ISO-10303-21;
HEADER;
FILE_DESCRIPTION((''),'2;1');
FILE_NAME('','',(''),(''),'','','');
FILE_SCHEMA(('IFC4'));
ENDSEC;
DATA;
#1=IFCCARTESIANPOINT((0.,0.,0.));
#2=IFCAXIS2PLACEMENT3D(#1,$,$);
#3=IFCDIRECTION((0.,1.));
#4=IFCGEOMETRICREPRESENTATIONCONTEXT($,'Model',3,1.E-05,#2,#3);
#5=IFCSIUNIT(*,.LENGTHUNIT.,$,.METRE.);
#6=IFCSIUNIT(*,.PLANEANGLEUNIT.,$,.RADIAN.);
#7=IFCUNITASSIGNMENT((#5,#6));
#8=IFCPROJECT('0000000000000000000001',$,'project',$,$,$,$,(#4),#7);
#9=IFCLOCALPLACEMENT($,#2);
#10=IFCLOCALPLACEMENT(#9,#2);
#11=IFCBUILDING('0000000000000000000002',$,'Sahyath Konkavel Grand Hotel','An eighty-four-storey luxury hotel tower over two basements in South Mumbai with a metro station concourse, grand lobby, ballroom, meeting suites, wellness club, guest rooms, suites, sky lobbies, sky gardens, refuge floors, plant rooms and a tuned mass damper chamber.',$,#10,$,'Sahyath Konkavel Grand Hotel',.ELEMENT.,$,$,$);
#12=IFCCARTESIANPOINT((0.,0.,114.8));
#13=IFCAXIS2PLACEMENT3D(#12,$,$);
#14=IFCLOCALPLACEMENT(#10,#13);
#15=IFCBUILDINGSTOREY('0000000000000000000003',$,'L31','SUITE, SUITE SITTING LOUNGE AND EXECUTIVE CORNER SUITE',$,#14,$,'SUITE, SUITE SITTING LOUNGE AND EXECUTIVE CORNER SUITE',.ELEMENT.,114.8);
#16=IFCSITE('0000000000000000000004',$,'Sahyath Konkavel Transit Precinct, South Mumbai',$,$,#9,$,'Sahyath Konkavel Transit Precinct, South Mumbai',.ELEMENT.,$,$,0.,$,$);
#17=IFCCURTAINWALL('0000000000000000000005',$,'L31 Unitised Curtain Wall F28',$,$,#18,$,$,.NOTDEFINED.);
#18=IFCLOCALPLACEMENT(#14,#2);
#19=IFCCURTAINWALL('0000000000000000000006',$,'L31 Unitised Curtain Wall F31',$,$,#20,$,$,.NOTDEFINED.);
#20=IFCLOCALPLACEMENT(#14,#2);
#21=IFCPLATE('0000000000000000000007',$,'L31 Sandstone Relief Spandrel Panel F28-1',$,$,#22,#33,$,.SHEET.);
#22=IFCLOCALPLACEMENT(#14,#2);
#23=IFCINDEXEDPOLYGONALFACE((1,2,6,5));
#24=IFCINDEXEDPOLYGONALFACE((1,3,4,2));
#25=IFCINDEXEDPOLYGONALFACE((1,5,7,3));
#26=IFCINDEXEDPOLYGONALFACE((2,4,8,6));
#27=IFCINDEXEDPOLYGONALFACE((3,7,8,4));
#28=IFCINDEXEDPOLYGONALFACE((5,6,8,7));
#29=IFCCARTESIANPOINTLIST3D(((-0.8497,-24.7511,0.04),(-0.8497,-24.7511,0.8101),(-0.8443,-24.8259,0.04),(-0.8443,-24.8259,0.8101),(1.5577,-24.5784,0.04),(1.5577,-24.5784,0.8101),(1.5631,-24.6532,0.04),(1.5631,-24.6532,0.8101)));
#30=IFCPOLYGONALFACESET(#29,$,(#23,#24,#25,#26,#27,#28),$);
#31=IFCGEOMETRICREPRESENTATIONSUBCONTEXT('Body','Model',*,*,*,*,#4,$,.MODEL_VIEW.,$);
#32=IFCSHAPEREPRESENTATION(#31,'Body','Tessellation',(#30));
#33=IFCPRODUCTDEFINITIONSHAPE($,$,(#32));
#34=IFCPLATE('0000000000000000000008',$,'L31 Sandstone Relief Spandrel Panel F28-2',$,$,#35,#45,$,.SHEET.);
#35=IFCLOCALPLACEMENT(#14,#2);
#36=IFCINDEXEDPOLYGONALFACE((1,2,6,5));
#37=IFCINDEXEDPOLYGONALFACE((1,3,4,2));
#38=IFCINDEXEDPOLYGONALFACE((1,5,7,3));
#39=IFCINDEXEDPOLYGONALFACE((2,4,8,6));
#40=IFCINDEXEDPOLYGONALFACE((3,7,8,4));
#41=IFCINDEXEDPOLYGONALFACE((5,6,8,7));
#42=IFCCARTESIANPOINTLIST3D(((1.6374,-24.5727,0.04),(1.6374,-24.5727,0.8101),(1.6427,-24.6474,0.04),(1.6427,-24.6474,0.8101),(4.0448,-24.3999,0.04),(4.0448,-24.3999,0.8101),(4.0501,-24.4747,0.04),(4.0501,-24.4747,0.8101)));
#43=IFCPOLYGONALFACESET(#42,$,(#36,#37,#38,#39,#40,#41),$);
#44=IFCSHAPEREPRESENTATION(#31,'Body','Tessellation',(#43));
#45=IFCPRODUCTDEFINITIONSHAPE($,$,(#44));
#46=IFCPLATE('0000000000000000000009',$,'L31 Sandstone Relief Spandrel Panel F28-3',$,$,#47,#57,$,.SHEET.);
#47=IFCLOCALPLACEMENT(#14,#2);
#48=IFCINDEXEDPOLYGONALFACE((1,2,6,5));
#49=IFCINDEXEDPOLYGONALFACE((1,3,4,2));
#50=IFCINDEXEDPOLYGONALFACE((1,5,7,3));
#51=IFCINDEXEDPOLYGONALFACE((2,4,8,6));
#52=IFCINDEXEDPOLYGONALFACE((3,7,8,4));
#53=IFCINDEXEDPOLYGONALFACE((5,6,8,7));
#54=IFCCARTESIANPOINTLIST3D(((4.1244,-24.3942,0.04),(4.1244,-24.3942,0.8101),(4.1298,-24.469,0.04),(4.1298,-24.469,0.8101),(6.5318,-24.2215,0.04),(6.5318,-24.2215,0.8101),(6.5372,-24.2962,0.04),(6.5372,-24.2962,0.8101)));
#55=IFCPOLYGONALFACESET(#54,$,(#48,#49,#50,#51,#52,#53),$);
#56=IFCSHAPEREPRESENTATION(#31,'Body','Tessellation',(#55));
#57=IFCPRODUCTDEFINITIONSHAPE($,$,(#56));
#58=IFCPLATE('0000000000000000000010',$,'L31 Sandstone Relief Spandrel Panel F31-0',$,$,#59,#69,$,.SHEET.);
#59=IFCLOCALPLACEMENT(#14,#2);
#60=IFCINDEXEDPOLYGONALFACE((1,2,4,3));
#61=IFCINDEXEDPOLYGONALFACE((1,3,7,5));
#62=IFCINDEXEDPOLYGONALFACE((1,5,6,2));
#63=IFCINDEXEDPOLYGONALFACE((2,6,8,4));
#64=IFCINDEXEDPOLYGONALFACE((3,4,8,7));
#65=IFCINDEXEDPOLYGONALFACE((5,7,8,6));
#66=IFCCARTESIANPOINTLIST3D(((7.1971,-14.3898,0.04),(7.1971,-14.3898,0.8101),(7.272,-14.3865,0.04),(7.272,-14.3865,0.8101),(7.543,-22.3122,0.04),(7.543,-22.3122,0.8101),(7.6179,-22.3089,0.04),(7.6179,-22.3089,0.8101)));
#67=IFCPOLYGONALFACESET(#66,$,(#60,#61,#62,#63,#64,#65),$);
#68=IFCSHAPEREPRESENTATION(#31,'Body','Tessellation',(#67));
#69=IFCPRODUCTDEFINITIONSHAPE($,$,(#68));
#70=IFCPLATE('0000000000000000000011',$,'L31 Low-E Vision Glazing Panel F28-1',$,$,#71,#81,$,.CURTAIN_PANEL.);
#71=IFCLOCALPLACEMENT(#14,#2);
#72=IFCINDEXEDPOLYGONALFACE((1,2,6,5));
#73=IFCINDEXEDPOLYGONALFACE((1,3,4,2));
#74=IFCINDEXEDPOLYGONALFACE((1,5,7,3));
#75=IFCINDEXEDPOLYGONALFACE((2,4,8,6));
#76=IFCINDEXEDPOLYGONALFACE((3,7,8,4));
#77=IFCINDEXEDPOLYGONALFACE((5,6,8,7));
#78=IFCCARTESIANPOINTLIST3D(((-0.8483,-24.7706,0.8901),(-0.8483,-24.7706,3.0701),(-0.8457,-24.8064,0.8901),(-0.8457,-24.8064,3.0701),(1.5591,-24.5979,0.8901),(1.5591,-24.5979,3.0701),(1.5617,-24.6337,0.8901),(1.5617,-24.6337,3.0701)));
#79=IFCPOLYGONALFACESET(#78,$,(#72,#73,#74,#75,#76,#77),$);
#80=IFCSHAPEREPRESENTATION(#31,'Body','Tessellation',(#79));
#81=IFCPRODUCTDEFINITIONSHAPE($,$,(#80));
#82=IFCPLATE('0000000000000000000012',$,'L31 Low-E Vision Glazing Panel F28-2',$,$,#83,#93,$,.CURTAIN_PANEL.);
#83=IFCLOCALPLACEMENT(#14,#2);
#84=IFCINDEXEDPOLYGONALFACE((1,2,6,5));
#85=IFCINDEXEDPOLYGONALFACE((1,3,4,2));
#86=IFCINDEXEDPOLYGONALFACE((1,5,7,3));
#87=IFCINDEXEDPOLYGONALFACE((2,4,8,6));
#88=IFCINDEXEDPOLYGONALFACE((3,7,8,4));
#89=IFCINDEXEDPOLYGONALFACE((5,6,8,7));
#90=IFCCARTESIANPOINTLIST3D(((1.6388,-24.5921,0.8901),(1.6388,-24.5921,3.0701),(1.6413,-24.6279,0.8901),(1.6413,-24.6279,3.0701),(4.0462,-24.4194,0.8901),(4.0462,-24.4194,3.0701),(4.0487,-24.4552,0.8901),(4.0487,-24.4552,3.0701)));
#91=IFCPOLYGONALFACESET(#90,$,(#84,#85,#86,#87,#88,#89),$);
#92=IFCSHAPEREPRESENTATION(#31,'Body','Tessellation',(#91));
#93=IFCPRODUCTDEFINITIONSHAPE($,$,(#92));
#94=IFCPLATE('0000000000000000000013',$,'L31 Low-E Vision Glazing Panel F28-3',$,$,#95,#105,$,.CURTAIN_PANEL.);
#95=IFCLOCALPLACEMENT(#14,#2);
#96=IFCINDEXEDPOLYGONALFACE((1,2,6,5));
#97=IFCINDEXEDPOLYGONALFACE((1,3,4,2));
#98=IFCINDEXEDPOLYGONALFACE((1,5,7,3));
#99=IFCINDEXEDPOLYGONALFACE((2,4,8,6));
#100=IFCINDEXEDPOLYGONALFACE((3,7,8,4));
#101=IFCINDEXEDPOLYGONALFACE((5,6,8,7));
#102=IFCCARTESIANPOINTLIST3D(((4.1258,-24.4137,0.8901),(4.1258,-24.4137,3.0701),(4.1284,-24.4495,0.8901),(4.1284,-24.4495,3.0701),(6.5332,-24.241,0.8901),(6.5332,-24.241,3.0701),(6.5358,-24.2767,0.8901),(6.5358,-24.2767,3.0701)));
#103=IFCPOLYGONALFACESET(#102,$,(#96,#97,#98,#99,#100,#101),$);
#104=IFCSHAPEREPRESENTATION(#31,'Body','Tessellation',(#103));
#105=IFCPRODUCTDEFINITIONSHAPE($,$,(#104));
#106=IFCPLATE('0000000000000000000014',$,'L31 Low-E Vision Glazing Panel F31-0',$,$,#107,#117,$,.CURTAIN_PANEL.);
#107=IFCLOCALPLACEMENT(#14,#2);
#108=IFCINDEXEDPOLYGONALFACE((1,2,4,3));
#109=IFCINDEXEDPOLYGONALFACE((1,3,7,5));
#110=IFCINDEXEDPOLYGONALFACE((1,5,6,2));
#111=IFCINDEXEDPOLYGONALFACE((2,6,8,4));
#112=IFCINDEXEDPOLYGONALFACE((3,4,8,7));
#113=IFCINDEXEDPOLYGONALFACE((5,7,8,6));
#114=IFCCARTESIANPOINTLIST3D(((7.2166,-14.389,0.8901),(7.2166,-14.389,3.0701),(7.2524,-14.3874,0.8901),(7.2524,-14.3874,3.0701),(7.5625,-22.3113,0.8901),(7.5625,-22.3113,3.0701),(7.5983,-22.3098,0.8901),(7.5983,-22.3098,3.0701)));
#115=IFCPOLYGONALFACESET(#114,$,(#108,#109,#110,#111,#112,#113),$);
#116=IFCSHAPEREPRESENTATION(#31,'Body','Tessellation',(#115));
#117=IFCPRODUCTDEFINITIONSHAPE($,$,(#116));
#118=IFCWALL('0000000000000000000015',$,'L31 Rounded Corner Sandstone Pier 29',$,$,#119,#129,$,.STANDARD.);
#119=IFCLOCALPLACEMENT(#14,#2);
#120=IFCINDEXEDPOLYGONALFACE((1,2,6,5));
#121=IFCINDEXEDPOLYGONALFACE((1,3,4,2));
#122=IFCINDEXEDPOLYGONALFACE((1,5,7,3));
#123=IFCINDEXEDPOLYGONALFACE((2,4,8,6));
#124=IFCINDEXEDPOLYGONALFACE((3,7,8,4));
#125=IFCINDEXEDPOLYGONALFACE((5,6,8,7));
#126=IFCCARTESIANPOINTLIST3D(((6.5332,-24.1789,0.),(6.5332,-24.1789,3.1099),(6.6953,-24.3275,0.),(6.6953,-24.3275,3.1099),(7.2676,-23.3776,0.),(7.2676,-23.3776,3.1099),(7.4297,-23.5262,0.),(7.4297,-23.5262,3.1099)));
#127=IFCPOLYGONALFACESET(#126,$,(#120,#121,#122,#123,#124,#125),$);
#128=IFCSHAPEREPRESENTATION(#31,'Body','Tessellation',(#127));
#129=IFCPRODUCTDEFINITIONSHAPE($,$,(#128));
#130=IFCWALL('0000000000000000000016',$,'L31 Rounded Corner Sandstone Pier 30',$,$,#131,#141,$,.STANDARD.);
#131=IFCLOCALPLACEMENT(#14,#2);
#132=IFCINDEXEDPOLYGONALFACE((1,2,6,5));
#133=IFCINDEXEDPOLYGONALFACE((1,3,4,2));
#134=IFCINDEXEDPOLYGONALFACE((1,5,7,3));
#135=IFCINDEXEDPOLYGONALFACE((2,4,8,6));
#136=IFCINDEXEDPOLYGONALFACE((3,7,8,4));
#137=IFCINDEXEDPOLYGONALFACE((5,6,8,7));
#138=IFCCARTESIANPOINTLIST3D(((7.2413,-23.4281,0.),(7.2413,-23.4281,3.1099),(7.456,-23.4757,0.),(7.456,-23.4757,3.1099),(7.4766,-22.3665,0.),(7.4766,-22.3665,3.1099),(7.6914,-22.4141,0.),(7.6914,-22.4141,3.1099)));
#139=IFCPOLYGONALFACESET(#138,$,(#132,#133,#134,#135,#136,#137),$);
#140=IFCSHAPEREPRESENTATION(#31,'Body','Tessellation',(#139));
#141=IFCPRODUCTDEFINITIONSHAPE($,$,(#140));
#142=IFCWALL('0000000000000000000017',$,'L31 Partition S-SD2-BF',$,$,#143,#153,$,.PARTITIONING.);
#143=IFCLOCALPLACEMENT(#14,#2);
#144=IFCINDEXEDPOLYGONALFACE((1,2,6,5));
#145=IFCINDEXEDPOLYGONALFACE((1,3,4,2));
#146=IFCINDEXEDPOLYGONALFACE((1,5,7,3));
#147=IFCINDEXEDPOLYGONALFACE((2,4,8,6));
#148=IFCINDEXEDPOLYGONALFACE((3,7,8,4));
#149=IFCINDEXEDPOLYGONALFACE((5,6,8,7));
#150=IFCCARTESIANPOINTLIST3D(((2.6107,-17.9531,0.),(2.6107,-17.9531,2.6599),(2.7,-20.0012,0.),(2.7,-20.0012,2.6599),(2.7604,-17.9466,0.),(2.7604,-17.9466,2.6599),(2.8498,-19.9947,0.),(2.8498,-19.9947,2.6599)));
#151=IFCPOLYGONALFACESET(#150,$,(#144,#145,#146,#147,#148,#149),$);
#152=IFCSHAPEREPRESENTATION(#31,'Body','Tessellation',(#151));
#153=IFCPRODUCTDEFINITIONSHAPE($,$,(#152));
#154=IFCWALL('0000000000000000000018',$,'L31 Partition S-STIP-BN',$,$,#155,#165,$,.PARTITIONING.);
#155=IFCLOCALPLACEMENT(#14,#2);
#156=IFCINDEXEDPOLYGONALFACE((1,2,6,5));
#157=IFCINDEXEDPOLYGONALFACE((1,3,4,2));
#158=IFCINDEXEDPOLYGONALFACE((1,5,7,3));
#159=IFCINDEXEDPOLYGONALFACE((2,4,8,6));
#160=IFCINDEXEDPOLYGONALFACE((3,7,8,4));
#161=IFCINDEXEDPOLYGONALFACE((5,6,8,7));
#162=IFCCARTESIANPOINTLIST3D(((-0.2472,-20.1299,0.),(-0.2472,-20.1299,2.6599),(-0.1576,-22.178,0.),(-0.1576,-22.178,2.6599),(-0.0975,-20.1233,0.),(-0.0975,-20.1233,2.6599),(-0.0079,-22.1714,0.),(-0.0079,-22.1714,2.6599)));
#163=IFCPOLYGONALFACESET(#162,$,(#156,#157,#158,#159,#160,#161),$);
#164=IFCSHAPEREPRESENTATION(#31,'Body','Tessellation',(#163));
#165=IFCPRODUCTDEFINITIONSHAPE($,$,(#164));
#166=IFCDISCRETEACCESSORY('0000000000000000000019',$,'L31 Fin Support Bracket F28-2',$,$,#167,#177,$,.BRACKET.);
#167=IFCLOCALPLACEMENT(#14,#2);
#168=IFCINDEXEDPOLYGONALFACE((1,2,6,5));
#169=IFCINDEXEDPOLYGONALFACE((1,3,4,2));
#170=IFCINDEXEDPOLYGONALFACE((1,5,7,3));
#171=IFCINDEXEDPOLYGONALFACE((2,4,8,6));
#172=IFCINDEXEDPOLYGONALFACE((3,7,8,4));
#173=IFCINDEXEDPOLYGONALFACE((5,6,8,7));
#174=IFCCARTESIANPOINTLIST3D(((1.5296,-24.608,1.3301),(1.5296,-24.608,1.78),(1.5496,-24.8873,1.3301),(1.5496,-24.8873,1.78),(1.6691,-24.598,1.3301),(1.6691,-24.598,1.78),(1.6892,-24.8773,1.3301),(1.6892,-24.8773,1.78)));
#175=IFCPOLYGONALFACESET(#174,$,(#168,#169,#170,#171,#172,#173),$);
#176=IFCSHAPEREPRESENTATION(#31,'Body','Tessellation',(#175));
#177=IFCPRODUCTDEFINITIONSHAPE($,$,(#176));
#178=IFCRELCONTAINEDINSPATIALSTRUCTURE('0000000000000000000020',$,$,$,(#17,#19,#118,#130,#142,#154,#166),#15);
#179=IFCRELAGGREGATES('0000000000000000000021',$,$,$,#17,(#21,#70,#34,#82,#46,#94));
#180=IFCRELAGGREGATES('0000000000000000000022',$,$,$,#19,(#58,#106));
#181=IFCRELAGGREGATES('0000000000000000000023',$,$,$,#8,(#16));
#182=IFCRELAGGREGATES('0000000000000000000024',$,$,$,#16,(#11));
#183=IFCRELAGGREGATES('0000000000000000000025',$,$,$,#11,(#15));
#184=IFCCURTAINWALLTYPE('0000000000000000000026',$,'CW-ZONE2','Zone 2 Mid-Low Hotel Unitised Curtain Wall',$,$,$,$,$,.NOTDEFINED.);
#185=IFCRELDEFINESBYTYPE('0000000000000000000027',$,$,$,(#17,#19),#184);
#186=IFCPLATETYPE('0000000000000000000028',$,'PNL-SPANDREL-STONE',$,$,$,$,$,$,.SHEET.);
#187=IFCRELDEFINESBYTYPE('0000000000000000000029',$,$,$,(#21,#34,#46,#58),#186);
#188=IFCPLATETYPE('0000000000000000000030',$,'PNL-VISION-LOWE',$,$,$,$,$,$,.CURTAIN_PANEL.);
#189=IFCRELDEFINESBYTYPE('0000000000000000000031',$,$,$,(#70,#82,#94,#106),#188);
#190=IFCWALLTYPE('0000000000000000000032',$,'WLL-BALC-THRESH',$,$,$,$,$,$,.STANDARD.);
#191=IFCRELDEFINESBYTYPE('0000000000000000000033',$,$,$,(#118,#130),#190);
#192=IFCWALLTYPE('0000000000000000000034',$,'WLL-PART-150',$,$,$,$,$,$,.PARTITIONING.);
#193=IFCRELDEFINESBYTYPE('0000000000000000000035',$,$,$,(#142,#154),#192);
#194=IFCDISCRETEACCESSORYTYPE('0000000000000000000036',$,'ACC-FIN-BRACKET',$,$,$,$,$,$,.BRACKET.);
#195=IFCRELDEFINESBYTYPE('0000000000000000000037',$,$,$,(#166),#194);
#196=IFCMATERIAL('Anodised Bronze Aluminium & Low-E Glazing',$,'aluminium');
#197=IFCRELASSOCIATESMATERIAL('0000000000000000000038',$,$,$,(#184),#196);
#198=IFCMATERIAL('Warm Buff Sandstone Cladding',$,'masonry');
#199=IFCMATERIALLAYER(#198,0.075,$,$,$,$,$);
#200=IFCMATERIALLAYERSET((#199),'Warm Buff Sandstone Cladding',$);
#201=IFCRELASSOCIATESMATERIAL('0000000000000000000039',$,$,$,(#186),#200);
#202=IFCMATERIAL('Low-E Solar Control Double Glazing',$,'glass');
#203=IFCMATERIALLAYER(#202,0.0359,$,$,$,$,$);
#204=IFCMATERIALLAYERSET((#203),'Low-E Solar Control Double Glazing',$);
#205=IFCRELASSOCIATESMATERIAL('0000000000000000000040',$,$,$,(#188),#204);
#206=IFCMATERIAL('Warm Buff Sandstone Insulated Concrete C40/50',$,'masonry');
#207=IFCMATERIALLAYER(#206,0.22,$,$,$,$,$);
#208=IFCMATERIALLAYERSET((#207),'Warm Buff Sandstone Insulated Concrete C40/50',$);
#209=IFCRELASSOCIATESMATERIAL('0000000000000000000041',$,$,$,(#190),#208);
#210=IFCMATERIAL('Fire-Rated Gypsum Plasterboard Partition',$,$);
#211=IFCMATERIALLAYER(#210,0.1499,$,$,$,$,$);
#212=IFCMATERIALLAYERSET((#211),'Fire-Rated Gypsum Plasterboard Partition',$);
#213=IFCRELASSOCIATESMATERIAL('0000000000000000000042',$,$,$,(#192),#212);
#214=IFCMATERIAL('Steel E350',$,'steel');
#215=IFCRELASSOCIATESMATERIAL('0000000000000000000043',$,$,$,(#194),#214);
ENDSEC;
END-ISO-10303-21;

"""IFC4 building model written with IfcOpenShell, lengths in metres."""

from ifc_helpers import new_model, si_unit, direction, frame, frame_2d, origin, origin_2d, place, context, subcontext, project, spatial, rectangle, extrude, source, transform, mapped, material, layer, layer_set, type_object, element, aggregate, save


model = new_model("IFC4")

# Units and contexts
model_context = context("Model", 3, precision=1e-05, world=origin(), true_north=direction((0.0, 1.0)))
body_context = subcontext(model_context, "Body", "Model", "MODEL_VIEW")
ifc_project = project(units=[si_unit("LENGTHUNIT", "METRE"), si_unit("PLANEANGLEUNIT", "RADIAN")], contexts=[model_context])

# Site, building, storey
site_placement = place(None, origin())
site = spatial("IfcSite", under=ifc_project, at=site_placement, Name="Sahyath Konkavel Transit Precinct, South Mumbai", LongName="Sahyath Konkavel Transit Precinct, South Mumbai", CompositionType="ELEMENT", RefElevation=0.0)
building_placement = place(site_placement, origin())
building = spatial("IfcBuilding", under=site, at=building_placement, Name="Sahyath Konkavel Grand Hotel", Description="An eighty-four-storey luxury hotel tower over two basements in South Mumbai with a metro station concourse, grand lobby, ballroom, meeting suites, wellness club, guest rooms, suites, sky lobbies, sky gardens, refuge floors, plant rooms and a tuned mass damper chamber.", LongName="Sahyath Konkavel Grand Hotel", CompositionType="ELEMENT")
storey_placement = place(building_placement, frame((0.0, 0.0, 114.8)))
storey = spatial("IfcBuildingStorey", under=building, at=storey_placement, Name="L31", Description="SUITE, SUITE SITTING LOUNGE AND EXECUTIVE CORNER SUITE", LongName="SUITE, SUITE SITTING LOUNGE AND EXECUTIVE CORNER SUITE", CompositionType="ELEMENT", Elevation=114.8)

# Curtain wall
ifc_material_1 = material(Name="Anodised Bronze Aluminium & Low-E Glazing", Category="aluminium")
curtain_wall_type = type_object("IfcCurtainWallType", Name="CW-ZONE2", Description="Zone 2 Mid-Low Hotel Unitised Curtain Wall", PredefinedType="NOTDEFINED", material=ifc_material_1)
curtain_wall_1_placement = place(storey_placement, origin())
curtain_wall_1 = element("IfcCurtainWall", 1, at=curtain_wall_1_placement, inside=storey, type_object=curtain_wall_type, Name="L31 Unitised Curtain Wall F28", PredefinedType="NOTDEFINED")

# Curtain wall
curtain_wall_2_placement = place(storey_placement, origin())
curtain_wall_2 = element("IfcCurtainWall", 2, at=curtain_wall_2_placement, inside=storey, type_object=curtain_wall_type, Name="L31 Unitised Curtain Wall F31", PredefinedType="NOTDEFINED")

# Plates
ifc_material_2 = material(Name="Warm Buff Sandstone Cladding", Category="masonry")
ifc_layer_1 = layer(ifc_material_2, 0.075)
ifc_layer_set_1 = layer_set([ifc_layer_1], Name="Warm Buff Sandstone Cladding")
plate_type_1 = type_object("IfcPlateType", Name="PNL-SPANDREL-STONE", PredefinedType="SHEET", material=ifc_layer_set_1)
shared_shape_1 = source(origin(), body_context, "Body", "SweptSolid", [
    extrude(rectangle(XDim=2.4136, YDim=0.075, at=origin_2d()), origin(), (0.0, 0.0, 1.0), 0.77),
])
plate_1_placement = place(storey_placement, frame((0.3567, -24.7021, 0.04), z_axis=(0.0, 0.0, 1.0), x_axis=(0.997436, 0.071567, 0.0)))
plate_1 = element("IfcPlate", 3, at=plate_1_placement, type_object=plate_type_1, Name="L31 Sandstone Relief Spandrel Panel F28-1", PredefinedType="SHEET", context=body_context, shape_type="MappedRepresentation", body=[
    mapped(shared_shape_1, transform((0.0, 0.0, 0.0), scale=1.0)),
])
plate_2_placement = place(storey_placement, frame((2.8438, -24.5237, 0.04), z_axis=(0.0, 0.0, 1.0), x_axis=(0.997436, 0.071567, 0.0)))
plate_2 = element("IfcPlate", 4, at=plate_2_placement, type_object=plate_type_1, Name="L31 Sandstone Relief Spandrel Panel F28-2", PredefinedType="SHEET", context=body_context, shape_type="MappedRepresentation", body=[
    mapped(shared_shape_1, transform((0.0, 0.0, 0.0), scale=1.0)),
])
plate_3_placement = place(storey_placement, frame((5.3308, -24.3452, 0.04), z_axis=(0.0, 0.0, 1.0), x_axis=(0.997436, 0.071567, 0.0)))
plate_3 = element("IfcPlate", 5, at=plate_3_placement, type_object=plate_type_1, Name="L31 Sandstone Relief Spandrel Panel F28-3", PredefinedType="SHEET", context=body_context, shape_type="MappedRepresentation", body=[
    mapped(shared_shape_1, transform((0.0, 0.0, 0.0), scale=1.0)),
])
shared_shape_2 = source(origin(), body_context, "Body", "SweptSolid", [
    extrude(rectangle(XDim=7.9299, YDim=0.075, at=origin_2d()), origin(), (0.0, 0.0, 1.0), 0.77),
])
plate_4_placement = place(storey_placement, frame((7.4075, -18.3494, 0.04), z_axis=(0.0, 0.0, 1.0), x_axis=(-0.043619, 0.999048, 0.0)))
plate_4 = element("IfcPlate", 6, at=plate_4_placement, type_object=plate_type_1, Name="L31 Sandstone Relief Spandrel Panel F31-0", PredefinedType="SHEET", context=body_context, shape_type="MappedRepresentation", body=[
    mapped(shared_shape_2, transform((0.0, 0.0, 0.0), scale=1.0)),
])
ifc_material_3 = material(Name="Low-E Solar Control Double Glazing", Category="glass")
ifc_layer_2 = layer(ifc_material_3, 0.0359)
ifc_layer_set_2 = layer_set([ifc_layer_2], Name="Low-E Solar Control Double Glazing")
plate_type_2 = type_object("IfcPlateType", Name="PNL-VISION-LOWE", PredefinedType="CURTAIN_PANEL", material=ifc_layer_set_2)
shared_shape_3 = source(origin(), body_context, "Body", "SweptSolid", [
    extrude(rectangle(XDim=2.4136, YDim=0.0359, at=origin_2d()), origin(), (0.0, 0.0, 1.0), 2.1799),
])
plate_5_placement = place(storey_placement, frame((0.3567, -24.7021, 0.8901), z_axis=(0.0, 0.0, 1.0), x_axis=(0.997436, 0.071567, 0.0)))
plate_5 = element("IfcPlate", 7, at=plate_5_placement, type_object=plate_type_2, Name="L31 Low-E Vision Glazing Panel F28-1", PredefinedType="CURTAIN_PANEL", context=body_context, shape_type="MappedRepresentation", body=[
    mapped(shared_shape_3, transform((0.0, 0.0, 0.0), scale=1.0)),
])
plate_6_placement = place(storey_placement, frame((2.8438, -24.5237, 0.8901), z_axis=(0.0, 0.0, 1.0), x_axis=(0.997436, 0.071567, 0.0)))
plate_6 = element("IfcPlate", 8, at=plate_6_placement, type_object=plate_type_2, Name="L31 Low-E Vision Glazing Panel F28-2", PredefinedType="CURTAIN_PANEL", context=body_context, shape_type="MappedRepresentation", body=[
    mapped(shared_shape_3, transform((0.0, 0.0, 0.0), scale=1.0)),
])
plate_7_placement = place(storey_placement, frame((5.3308, -24.3452, 0.8901), z_axis=(0.0, 0.0, 1.0), x_axis=(0.997436, 0.071567, 0.0)))
plate_7 = element("IfcPlate", 9, at=plate_7_placement, type_object=plate_type_2, Name="L31 Low-E Vision Glazing Panel F28-3", PredefinedType="CURTAIN_PANEL", context=body_context, shape_type="MappedRepresentation", body=[
    mapped(shared_shape_3, transform((0.0, 0.0, 0.0), scale=1.0)),
])
aggregate(curtain_wall_1, [plate_1, plate_5, plate_2, plate_6, plate_3, plate_7])
shared_shape_4 = source(origin(), body_context, "Body", "SweptSolid", [
    extrude(rectangle(XDim=7.9299, YDim=0.0359, at=origin_2d()), origin(), (0.0, 0.0, 1.0), 2.1799),
])
plate_8_placement = place(storey_placement, frame((7.4075, -18.3494, 0.8901), z_axis=(0.0, 0.0, 1.0), x_axis=(-0.043619, 0.999048, 0.0)))
plate_8 = element("IfcPlate", 10, at=plate_8_placement, type_object=plate_type_2, Name="L31 Low-E Vision Glazing Panel F31-0", PredefinedType="CURTAIN_PANEL", context=body_context, shape_type="MappedRepresentation", body=[
    mapped(shared_shape_4, transform((0.0, 0.0, 0.0), scale=1.0)),
])
aggregate(curtain_wall_2, [plate_4, plate_8])

# Walls
ifc_material_4 = material(Name="Warm Buff Sandstone Insulated Concrete C40/50", Category="masonry")
ifc_layer_3 = layer(ifc_material_4, 0.22)
ifc_layer_set_3 = layer_set([ifc_layer_3], Name="Warm Buff Sandstone Insulated Concrete C40/50")
wall_type_1 = type_object("IfcWallType", Name="WLL-BALC-THRESH", PredefinedType="STANDARD", material=ifc_layer_set_3)
wall_1_placement = place(storey_placement, frame((6.6143, -24.2532, 0.0), z_axis=(0.0, 0.0, 1.0), x_axis=(0.675664, 0.73721, 0.0)))
element("IfcWall", 11, at=wall_1_placement, inside=storey, type_object=wall_type_1, Name="L31 Rounded Corner Sandstone Pier 29", PredefinedType="STANDARD", context=body_context, shape_type="SweptSolid", body=[
    extrude(rectangle(XDim=1.0869, YDim=0.22, at=frame_2d((0.5435, 0.0))), origin(), (0.0, 0.0, 1.0), 3.1099),
])
wall_2_placement = place(storey_placement, frame((7.3486, -23.4519, 0.0), z_axis=(0.0, 0.0, 1.0), x_axis=(0.216455, 0.976293, 0.0)))
element("IfcWall", 12, at=wall_2_placement, inside=storey, type_object=wall_type_1, Name="L31 Rounded Corner Sandstone Pier 30", PredefinedType="STANDARD", context=body_context, shape_type="SweptSolid", body=[
    extrude(rectangle(XDim=1.0874, YDim=0.22, at=frame_2d((0.5437, 0.0))), origin(), (0.0, 0.0, 1.0), 3.1099),
])
ifc_material_5 = material(Name="Fire-Rated Gypsum Plasterboard Partition")
ifc_layer_4 = layer(ifc_material_5, 0.1499)
ifc_layer_set_4 = layer_set([ifc_layer_4], Name="Fire-Rated Gypsum Plasterboard Partition")
wall_type_2 = type_object("IfcWallType", Name="WLL-PART-150", PredefinedType="PARTITIONING", material=ifc_layer_set_4)
for number, where, z_axis, x_axis, name in (
    (13, (2.6855, -17.95, 0.0), (0.0, 0.0, 1.0), (0.043587, -0.99905, 0.0), "L31 Partition S-SD2-BF"),
    (14, (-0.1724, -20.1267, 0.0), (0.0, 0.0, 1.0), (0.043706, -0.999044, 0.0), "L31 Partition S-STIP-BN"),
):
    element("IfcWall", number, at=place(storey_placement, frame(where, z_axis=z_axis, x_axis=x_axis)), inside=storey, type_object=wall_type_2, Name=name, PredefinedType="PARTITIONING", context=body_context, shape_type="SweptSolid", body=[
        extrude(rectangle(XDim=2.05, YDim=0.1499, at=frame_2d((1.0249, 0.0))), origin(), (0.0, 0.0, 1.0), 2.6599),
    ])

# Discrete accessory
ifc_material_6 = material(Name="Steel E350", Category="steel")
discrete_accessory_type = type_object("IfcDiscreteAccessoryType", Name="ACC-FIN-BRACKET", PredefinedType="BRACKET", material=ifc_material_6)
shared_shape_5 = source(origin(), body_context, "Body", "SweptSolid", [
    extrude(rectangle(XDim=0.28, YDim=0.1399, at=origin_2d()), origin(), (0.0, 0.0, 1.0), 0.45),
])
discrete_accessory_placement = place(storey_placement, frame((1.6094, -24.7427, 1.3301), z_axis=(0.0, 0.0, 1.0), x_axis=(0.071567, -0.997436, 0.0)))
element("IfcDiscreteAccessory", 15, at=discrete_accessory_placement, inside=storey, type_object=discrete_accessory_type, Name="L31 Fin Support Bracket F28-2", PredefinedType="BRACKET", context=body_context, shape_type="MappedRepresentation", body=[
    mapped(shared_shape_5, transform((0.0, 0.0, 0.0), scale=1.0)),
])

save(model, "model.ifc")
